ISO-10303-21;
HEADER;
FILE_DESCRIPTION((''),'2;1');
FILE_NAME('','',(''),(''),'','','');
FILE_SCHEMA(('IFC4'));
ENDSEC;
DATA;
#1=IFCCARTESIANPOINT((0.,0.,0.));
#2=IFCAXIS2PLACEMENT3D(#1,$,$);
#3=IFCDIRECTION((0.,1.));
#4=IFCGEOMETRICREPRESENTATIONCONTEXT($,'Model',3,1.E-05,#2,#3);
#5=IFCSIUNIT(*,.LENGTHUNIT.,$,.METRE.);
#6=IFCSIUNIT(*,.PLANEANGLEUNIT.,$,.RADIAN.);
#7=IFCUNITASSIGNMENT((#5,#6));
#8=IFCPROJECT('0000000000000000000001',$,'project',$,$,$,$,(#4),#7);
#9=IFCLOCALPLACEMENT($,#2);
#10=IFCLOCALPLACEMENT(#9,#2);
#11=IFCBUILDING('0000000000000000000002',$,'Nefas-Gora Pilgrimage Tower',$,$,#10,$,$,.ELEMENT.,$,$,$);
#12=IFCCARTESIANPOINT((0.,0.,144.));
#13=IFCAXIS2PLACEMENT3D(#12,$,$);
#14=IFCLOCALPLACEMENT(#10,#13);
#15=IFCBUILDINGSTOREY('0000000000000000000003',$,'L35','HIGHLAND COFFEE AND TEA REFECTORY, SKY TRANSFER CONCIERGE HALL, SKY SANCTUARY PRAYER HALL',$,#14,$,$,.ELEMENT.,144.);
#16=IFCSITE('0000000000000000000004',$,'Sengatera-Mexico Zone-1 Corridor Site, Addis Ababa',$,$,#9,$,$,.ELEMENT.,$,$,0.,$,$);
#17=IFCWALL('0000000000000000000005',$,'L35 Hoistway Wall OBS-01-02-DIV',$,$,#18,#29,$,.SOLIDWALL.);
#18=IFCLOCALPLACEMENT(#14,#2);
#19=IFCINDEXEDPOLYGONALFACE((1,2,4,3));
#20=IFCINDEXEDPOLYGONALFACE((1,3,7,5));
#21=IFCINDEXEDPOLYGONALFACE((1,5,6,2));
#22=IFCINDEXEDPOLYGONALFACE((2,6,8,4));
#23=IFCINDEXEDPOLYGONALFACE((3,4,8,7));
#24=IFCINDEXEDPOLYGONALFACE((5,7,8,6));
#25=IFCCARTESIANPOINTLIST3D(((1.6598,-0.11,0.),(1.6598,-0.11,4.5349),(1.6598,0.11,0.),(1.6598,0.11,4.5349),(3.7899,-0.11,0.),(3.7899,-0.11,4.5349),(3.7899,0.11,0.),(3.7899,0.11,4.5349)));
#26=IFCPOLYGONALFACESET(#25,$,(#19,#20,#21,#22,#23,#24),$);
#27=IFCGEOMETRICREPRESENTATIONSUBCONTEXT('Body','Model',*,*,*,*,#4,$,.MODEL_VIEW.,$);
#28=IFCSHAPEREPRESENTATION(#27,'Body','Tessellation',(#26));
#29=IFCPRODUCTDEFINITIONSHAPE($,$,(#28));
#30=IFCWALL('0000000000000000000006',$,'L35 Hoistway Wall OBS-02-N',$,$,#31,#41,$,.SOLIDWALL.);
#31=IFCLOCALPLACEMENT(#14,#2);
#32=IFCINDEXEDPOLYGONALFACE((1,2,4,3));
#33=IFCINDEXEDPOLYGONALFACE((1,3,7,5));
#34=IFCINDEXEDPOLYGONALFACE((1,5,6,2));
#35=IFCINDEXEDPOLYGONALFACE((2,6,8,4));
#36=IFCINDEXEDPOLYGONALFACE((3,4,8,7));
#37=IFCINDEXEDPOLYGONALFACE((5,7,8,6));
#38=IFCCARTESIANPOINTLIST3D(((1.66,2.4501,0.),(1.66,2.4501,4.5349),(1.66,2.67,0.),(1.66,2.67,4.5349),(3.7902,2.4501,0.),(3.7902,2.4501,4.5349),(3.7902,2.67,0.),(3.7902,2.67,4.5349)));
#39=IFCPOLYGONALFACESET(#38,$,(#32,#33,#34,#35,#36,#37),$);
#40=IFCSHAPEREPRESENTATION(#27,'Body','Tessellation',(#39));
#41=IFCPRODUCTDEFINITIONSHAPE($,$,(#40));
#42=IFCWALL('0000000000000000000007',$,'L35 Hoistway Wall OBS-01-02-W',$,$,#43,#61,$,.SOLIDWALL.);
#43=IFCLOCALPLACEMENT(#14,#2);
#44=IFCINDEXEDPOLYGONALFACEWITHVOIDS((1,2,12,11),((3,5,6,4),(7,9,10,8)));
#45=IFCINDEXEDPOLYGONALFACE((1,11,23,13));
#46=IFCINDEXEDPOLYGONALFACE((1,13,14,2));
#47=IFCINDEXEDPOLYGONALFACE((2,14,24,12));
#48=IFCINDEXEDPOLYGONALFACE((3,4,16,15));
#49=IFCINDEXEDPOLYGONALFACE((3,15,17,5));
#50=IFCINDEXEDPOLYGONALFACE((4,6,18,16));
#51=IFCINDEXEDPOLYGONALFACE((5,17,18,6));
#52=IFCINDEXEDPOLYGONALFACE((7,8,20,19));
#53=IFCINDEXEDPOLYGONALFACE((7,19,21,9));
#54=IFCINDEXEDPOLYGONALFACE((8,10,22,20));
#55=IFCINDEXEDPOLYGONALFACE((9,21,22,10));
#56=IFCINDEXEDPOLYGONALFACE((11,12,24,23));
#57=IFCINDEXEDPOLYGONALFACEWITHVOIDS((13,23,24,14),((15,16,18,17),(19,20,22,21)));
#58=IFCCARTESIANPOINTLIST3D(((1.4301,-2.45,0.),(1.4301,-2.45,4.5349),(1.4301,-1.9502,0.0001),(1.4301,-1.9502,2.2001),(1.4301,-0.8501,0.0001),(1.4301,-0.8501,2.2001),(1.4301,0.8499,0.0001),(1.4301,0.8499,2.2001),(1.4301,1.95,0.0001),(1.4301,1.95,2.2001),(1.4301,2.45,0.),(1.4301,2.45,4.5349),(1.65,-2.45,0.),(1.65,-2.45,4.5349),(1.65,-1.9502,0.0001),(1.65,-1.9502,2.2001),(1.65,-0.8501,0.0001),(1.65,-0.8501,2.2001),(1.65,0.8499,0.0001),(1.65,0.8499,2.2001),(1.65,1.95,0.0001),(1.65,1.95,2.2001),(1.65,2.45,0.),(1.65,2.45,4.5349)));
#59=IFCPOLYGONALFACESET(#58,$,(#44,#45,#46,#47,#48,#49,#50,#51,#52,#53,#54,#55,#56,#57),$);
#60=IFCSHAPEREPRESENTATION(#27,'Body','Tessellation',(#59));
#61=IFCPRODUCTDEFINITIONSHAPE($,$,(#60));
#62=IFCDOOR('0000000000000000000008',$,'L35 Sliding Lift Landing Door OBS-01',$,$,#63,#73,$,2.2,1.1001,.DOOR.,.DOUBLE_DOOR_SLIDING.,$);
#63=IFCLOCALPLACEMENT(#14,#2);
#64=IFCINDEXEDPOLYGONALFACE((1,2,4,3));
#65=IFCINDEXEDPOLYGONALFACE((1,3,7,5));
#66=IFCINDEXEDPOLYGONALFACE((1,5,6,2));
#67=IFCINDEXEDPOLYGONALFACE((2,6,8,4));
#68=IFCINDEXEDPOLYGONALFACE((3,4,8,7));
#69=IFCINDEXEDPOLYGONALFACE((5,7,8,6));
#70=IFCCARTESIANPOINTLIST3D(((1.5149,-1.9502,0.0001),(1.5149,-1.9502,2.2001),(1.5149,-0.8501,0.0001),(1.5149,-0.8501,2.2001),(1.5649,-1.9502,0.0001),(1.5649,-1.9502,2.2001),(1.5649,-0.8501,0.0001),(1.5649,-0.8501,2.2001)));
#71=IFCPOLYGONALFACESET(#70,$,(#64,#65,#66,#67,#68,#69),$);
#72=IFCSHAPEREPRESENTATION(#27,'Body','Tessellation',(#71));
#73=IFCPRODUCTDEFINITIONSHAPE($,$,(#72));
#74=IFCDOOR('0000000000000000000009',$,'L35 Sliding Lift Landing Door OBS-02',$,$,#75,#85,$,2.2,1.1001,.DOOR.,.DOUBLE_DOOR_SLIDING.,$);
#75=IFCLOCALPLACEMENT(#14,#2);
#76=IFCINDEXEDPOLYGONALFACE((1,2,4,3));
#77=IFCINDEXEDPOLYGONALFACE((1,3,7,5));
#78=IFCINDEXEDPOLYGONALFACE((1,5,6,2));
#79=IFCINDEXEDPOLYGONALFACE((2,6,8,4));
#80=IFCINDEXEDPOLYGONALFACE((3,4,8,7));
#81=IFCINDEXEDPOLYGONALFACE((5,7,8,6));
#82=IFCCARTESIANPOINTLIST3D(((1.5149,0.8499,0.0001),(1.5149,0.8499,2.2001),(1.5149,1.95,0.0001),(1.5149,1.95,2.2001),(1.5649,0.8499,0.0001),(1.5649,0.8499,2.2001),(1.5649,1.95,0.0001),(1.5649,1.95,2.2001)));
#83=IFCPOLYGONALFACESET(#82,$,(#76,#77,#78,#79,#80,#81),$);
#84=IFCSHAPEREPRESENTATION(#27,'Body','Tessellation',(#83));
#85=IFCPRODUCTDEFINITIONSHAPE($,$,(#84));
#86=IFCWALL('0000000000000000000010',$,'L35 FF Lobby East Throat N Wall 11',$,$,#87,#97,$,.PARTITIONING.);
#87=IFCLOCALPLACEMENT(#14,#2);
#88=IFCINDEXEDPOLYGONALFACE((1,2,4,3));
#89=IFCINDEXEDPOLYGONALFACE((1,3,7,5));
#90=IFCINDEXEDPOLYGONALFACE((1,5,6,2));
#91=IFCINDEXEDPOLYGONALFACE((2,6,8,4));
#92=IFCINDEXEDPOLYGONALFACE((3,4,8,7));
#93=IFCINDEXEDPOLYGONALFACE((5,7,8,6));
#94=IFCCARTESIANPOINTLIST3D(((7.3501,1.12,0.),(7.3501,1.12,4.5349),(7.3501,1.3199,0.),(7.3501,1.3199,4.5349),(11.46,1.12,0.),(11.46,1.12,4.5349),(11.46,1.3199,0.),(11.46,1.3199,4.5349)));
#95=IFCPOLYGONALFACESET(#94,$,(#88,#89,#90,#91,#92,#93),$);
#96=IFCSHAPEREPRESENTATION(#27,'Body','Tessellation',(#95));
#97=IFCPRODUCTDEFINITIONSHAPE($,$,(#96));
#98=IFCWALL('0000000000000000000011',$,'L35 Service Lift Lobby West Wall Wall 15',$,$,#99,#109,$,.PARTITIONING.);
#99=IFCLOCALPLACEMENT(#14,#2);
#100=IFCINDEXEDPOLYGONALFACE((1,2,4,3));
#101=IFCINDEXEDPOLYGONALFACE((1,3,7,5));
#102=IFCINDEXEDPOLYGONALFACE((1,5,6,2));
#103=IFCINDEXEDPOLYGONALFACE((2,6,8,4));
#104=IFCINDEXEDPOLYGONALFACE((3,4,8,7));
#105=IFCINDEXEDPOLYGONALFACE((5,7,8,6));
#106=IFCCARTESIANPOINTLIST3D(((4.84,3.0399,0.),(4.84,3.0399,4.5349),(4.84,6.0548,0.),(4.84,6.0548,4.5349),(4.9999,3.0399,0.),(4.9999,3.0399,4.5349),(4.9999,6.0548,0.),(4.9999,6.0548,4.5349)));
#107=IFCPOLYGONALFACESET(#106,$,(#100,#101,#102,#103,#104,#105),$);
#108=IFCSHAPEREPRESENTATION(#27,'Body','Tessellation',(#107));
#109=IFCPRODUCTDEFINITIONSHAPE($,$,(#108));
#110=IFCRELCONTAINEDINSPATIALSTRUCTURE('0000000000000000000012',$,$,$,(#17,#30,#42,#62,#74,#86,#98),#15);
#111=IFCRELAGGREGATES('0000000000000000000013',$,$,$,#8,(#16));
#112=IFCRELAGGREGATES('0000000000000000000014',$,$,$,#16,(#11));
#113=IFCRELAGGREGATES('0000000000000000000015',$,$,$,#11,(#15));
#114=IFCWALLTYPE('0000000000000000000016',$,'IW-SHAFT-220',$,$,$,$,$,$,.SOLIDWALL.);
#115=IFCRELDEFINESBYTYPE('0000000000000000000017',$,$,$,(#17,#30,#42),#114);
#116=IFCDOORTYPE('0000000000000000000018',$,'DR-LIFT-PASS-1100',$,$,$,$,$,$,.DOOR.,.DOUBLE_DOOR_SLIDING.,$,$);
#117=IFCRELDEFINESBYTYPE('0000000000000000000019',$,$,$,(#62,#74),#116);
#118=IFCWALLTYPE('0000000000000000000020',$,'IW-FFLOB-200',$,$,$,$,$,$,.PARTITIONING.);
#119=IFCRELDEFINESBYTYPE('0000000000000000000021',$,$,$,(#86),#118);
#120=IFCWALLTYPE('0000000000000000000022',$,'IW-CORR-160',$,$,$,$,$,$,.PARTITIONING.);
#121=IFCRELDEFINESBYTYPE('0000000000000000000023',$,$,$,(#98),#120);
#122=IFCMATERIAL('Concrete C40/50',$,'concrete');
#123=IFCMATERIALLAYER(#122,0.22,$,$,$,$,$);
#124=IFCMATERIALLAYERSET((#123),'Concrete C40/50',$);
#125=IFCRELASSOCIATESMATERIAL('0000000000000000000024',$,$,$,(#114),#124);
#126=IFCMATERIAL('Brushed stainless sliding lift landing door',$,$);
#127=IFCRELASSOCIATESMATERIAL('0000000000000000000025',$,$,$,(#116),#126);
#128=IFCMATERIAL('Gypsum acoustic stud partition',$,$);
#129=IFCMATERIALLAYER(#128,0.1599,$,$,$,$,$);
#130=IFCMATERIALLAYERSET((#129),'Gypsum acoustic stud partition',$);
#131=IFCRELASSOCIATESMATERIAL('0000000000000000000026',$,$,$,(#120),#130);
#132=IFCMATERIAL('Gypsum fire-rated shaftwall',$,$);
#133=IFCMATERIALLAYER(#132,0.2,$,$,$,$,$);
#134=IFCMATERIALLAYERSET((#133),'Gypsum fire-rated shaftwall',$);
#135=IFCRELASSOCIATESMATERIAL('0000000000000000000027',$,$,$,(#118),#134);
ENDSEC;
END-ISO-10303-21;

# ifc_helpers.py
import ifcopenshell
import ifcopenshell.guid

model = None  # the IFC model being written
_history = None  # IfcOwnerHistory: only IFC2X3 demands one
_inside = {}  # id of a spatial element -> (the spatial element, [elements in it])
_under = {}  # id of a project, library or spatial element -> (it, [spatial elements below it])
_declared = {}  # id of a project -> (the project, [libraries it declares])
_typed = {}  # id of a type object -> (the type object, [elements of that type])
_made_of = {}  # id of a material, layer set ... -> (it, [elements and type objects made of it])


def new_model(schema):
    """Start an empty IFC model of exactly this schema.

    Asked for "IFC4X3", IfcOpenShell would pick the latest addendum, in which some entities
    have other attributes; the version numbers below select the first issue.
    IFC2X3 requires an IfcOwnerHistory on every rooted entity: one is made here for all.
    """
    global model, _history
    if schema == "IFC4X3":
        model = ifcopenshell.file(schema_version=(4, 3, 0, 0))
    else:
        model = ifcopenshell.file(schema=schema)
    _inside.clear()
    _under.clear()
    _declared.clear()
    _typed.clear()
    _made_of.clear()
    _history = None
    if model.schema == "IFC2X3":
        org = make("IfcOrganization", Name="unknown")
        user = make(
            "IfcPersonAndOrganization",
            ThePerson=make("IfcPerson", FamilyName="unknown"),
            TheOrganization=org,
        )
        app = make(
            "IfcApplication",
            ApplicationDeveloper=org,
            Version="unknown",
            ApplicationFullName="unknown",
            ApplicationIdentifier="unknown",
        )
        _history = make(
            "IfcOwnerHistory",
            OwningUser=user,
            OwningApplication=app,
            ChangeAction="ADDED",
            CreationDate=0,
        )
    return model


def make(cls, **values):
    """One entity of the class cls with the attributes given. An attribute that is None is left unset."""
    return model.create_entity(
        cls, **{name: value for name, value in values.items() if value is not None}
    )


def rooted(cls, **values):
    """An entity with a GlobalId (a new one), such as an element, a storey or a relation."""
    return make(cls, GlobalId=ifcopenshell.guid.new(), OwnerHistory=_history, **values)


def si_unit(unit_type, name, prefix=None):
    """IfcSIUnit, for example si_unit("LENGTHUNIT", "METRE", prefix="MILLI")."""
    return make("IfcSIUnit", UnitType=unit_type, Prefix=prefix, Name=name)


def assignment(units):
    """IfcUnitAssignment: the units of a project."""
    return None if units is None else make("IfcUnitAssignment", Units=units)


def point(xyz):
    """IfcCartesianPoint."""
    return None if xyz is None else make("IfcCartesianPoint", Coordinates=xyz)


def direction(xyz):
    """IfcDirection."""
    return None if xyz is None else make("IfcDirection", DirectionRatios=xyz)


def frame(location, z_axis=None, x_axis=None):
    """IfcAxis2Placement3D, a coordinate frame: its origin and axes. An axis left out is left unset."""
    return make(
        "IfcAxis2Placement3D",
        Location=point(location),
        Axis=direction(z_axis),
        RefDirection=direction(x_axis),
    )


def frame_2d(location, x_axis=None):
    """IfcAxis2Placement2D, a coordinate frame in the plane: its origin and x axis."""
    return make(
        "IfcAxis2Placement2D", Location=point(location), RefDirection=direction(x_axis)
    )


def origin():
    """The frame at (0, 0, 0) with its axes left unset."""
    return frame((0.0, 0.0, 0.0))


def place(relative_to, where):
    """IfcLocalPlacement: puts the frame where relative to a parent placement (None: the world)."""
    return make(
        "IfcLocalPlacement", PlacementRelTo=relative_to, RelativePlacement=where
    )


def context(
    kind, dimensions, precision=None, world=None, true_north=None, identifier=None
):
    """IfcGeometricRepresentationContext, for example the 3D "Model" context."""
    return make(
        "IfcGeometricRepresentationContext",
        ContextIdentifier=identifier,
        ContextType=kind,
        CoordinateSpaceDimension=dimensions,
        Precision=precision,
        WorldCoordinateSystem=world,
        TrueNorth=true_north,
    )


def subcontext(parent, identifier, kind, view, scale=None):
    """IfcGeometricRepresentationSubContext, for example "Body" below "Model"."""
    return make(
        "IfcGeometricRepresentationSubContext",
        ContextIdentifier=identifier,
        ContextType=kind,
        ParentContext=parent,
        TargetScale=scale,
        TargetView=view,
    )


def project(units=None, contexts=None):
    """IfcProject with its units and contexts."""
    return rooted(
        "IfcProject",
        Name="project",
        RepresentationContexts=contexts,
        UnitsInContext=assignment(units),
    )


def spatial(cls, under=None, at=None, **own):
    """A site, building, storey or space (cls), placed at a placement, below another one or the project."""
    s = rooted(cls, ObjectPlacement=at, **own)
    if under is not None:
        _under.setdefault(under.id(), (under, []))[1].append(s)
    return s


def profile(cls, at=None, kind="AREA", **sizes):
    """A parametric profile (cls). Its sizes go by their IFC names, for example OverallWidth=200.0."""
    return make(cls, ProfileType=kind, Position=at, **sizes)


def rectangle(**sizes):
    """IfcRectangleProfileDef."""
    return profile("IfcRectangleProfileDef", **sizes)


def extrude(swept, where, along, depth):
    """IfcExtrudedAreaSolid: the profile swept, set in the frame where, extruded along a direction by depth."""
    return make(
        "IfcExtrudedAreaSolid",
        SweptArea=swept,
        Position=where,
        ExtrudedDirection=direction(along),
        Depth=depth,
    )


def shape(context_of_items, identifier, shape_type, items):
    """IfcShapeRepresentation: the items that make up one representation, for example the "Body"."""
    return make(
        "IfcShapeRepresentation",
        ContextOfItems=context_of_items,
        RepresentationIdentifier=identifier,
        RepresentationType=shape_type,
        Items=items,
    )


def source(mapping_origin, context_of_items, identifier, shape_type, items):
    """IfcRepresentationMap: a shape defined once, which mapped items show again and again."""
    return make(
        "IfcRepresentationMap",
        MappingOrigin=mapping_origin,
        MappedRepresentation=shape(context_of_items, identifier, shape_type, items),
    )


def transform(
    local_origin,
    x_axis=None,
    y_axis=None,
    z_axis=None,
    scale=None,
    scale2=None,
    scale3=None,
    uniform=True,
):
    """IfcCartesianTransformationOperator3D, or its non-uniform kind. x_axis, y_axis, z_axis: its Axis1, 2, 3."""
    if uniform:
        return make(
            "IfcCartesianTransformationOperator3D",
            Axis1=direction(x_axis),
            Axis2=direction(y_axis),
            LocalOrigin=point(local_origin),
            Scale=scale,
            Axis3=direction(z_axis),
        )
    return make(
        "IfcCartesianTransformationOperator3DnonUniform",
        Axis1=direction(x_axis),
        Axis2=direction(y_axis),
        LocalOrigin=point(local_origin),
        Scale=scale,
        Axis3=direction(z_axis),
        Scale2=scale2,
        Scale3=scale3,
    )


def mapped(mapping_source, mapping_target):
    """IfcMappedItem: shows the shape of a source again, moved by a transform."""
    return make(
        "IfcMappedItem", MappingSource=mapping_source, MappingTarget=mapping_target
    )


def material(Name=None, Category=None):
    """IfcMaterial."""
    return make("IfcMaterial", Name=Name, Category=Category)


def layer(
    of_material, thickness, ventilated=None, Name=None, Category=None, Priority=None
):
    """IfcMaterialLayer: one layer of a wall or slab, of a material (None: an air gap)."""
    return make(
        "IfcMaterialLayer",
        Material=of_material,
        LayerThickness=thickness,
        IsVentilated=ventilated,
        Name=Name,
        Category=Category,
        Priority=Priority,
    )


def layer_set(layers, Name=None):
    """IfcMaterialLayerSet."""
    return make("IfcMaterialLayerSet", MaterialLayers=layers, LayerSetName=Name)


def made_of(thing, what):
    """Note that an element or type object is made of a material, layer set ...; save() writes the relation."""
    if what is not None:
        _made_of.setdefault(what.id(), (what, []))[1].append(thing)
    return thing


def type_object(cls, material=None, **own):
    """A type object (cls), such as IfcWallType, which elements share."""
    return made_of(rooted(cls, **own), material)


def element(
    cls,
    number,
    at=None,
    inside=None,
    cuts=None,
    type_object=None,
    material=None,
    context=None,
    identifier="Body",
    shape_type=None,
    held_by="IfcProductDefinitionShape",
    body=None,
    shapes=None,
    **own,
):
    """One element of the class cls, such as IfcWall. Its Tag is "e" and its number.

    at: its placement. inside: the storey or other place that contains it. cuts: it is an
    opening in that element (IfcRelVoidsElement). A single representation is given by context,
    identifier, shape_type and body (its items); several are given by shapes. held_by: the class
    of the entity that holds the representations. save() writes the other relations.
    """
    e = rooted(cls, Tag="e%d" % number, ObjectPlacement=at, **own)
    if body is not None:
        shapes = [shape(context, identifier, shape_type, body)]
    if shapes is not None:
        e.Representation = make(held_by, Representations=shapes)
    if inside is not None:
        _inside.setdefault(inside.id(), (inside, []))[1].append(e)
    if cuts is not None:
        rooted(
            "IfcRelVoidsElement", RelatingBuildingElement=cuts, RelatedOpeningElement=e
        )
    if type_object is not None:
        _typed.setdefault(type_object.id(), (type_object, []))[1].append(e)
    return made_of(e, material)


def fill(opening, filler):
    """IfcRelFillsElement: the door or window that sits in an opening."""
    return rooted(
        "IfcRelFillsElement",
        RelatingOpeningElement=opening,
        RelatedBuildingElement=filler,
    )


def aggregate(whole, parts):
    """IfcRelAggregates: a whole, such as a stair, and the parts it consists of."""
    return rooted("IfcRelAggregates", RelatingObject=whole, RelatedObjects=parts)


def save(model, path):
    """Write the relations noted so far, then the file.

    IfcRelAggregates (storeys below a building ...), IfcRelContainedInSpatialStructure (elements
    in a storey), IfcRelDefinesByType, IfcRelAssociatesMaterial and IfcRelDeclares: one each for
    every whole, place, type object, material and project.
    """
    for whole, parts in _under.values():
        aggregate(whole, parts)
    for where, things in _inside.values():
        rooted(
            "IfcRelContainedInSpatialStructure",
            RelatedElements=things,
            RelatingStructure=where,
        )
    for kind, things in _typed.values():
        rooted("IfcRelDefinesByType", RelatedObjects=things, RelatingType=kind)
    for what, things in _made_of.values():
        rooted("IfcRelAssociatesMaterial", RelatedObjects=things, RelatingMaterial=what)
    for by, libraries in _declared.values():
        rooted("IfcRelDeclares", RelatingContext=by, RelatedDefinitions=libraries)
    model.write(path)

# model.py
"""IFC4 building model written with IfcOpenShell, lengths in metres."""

from ifc_helpers import new_model, si_unit, direction, frame, frame_2d, origin, place, context, subcontext, project, spatial, rectangle, extrude, source, transform, mapped, material, layer, layer_set, type_object, element, fill, save


model = new_model("IFC4")

# Units and contexts
model_context = context("Model", 3, precision=1e-05, world=origin(), true_north=direction((0.0, 1.0)))
body_context = subcontext(model_context, "Body", "Model", "MODEL_VIEW")
ifc_project = project(units=[si_unit("LENGTHUNIT", "METRE"), si_unit("PLANEANGLEUNIT", "RADIAN")], contexts=[model_context])

# Site, building, storey
site_placement = place(None, origin())
site = spatial("IfcSite", under=ifc_project, at=site_placement, Name="Sengatera-Mexico Zone-1 Corridor Site, Addis Ababa", CompositionType="ELEMENT", RefElevation=0.0)
building_placement = place(site_placement, origin())
building = spatial("IfcBuilding", under=site, at=building_placement, Name="Nefas-Gora Pilgrimage Tower", CompositionType="ELEMENT")
storey_placement = place(building_placement, frame((0.0, 0.0, 144.0)))
storey = spatial("IfcBuildingStorey", under=building, at=storey_placement, Name="L35", Description="HIGHLAND COFFEE AND TEA REFECTORY, SKY TRANSFER CONCIERGE HALL, SKY SANCTUARY PRAYER HALL", CompositionType="ELEMENT", Elevation=144.0)

# Shared definitions
ifc_material_1 = material(Name="Concrete C40/50", Category="concrete")
ifc_layer_1 = layer(ifc_material_1, 0.22)
ifc_layer_set_1 = layer_set([ifc_layer_1], Name="Concrete C40/50")
wall_type_1 = type_object("IfcWallType", Name="IW-SHAFT-220", PredefinedType="SOLIDWALL", material=ifc_layer_set_1)

# Shared definitions
ifc_material_2 = material(Name="Brushed stainless sliding lift landing door")
door_type_1 = type_object("IfcDoorType", Name="DR-LIFT-PASS-1100", OperationType="DOUBLE_DOOR_SLIDING", PredefinedType="DOOR", material=ifc_material_2)
shared_shape_1 = source(origin(), body_context, "Body", "SweptSolid", [
    extrude(rectangle(XDim=1.1001, YDim=2.2, at=frame_2d((0.55, 1.1001))), frame((0.0, 0.0249, 0.0), z_axis=(0.0, -1.0, 0.0), x_axis=(1.0, 0.0, 0.0)), (0.0, 0.0, 1.0), 0.05),
])

# Walls
ifc_material_3 = material(Name="Gypsum acoustic stud partition")
ifc_layer_2 = layer(ifc_material_3, 0.1599)
ifc_layer_set_2 = layer_set([ifc_layer_2], Name="Gypsum acoustic stud partition")
wall_type_2 = type_object("IfcWallType", Name="IW-CORR-160", PredefinedType="PARTITIONING", material=ifc_layer_set_2)
shared_shape_2 = source(origin(), body_context, "Body", "SweptSolid", [
    extrude(rectangle(XDim=2.1301, YDim=0.22, at=frame_2d((1.0649, 0.0))), origin(), (0.0, 0.0, 1.0), 4.5349),
])
for number, where, z_axis, x_axis, name in (
    (1, (1.6599, 0.0, 0.0), (0.0, 0.0, 1.0), (1.0, 0.0, 0.0), "L35 Hoistway Wall OBS-01-02-DIV"),
    (2, (3.79, 2.5601, 0.0), (0.0, 0.0, 1.0), (-1.0, 0.0, 0.0), "L35 Hoistway Wall OBS-02-N"),
):
    element("IfcWall", number, at=place(storey_placement, frame(where, z_axis=z_axis, x_axis=x_axis)), inside=storey, type_object=wall_type_1, Name=name, PredefinedType="SOLIDWALL", context=body_context, shape_type="MappedRepresentation", body=[
        mapped(shared_shape_2, transform((0.0, 0.0, 0.0), x_axis=(1.0, 0.0, 0.0), y_axis=(0.0, 1.0, 0.0), z_axis=(0.0, 0.0, 1.0), scale=1.0)),
    ])

# Wall, openings, doors
shared_shape_3 = source(origin(), body_context, "Body", "SweptSolid", [
    extrude(rectangle(XDim=4.8999, YDim=0.22, at=frame_2d((2.45, 0.0))), origin(), (0.0, 0.0, 1.0), 4.5349),
])
wall_1_placement = place(storey_placement, frame((1.54, 2.45, 0.0), z_axis=(0.0, 0.0, 1.0), x_axis=(0.0, -1.0, 0.0)))
wall_1 = element("IfcWall", 3, at=wall_1_placement, inside=storey, type_object=wall_type_1, Name="L35 Hoistway Wall OBS-01-02-W", PredefinedType="SOLIDWALL", context=body_context, shape_type="MappedRepresentation", body=[
    mapped(shared_shape_3, transform((0.0, 0.0, 0.0), x_axis=(1.0, 0.0, 0.0), y_axis=(0.0, 1.0, 0.0), z_axis=(0.0, 0.0, 1.0), scale=1.0)),
])
opening_1_placement = place(wall_1_placement, frame((3.3, 0.0, 0.0)))
opening_1 = element("IfcOpeningElement", 4, at=opening_1_placement, cuts=wall_1, PredefinedType="OPENING", context=body_context, shape_type="SweptSolid", body=[
    extrude(rectangle(XDim=1.1001, YDim=2.2, at=frame_2d((0.55, 1.1001))), frame((0.0, 0.1199, 0.0), z_axis=(0.0, -1.0, 0.0), x_axis=(1.0, 0.0, 0.0)), (0.0, 0.0, 1.0), 0.24),
])
opening_2_placement = place(wall_1_placement, frame((0.5, 0.0, 0.0)))
opening_2 = element("IfcOpeningElement", 5, at=opening_2_placement, cuts=wall_1, PredefinedType="OPENING", context=body_context, shape_type="SweptSolid", body=[
    extrude(rectangle(XDim=1.1001, YDim=2.2, at=frame_2d((0.55, 1.1001))), frame((0.0, 0.1199, 0.0), z_axis=(0.0, -1.0, 0.0), x_axis=(1.0, 0.0, 0.0)), (0.0, 0.0, 1.0), 0.24),
])
door_1_placement = place(opening_1_placement, origin())
door_1 = element("IfcDoor", 6, at=door_1_placement, inside=storey, type_object=door_type_1, Name="L35 Sliding Lift Landing Door OBS-01", OperationType="DOUBLE_DOOR_SLIDING", OverallHeight=2.2, OverallWidth=1.1001, PredefinedType="DOOR", context=body_context, shape_type="MappedRepresentation", body=[
    mapped(shared_shape_1, transform((0.0, 0.0, 0.0), x_axis=(1.0, 0.0, 0.0), y_axis=(0.0, 1.0, 0.0), z_axis=(0.0, 0.0, 1.0), scale=1.0)),
])
fill(opening_1, door_1)
door_2_placement = place(opening_2_placement, origin())
door_2 = element("IfcDoor", 7, at=door_2_placement, inside=storey, type_object=door_type_1, Name="L35 Sliding Lift Landing Door OBS-02", OperationType="DOUBLE_DOOR_SLIDING", OverallHeight=2.2, OverallWidth=1.1001, PredefinedType="DOOR", context=body_context, shape_type="MappedRepresentation", body=[
    mapped(shared_shape_1, transform((0.0, 0.0, 0.0), x_axis=(1.0, 0.0, 0.0), y_axis=(0.0, 1.0, 0.0), z_axis=(0.0, 0.0, 1.0), scale=1.0)),
])
fill(opening_2, door_2)

# Shared definitions
ifc_material_4 = material(Name="Gypsum fire-rated shaftwall")
ifc_layer_3 = layer(ifc_material_4, 0.2)
ifc_layer_set_3 = layer_set([ifc_layer_3], Name="Gypsum fire-rated shaftwall")
wall_type_3 = type_object("IfcWallType", Name="IW-FFLOB-200", PredefinedType="PARTITIONING", material=ifc_layer_set_3)

# Walls
shared_shape_4 = source(origin(), body_context, "Body", "SweptSolid", [
    extrude(rectangle(XDim=4.1099, YDim=0.2, at=frame_2d((2.0549, 0.0))), origin(), (0.0, 0.0, 1.0), 4.5349),
])
wall_2_placement = place(storey_placement, frame((7.3501, 1.22, 0.0), z_axis=(0.0, 0.0, 1.0), x_axis=(1.0, 0.0, 0.0)))
element("IfcWall", 8, at=wall_2_placement, inside=storey, type_object=wall_type_3, Name="L35 FF Lobby East Throat N Wall 11", PredefinedType="PARTITIONING", context=body_context, shape_type="MappedRepresentation", body=[
    mapped(shared_shape_4, transform((0.0, 0.0, 0.0), x_axis=(1.0, 0.0, 0.0), y_axis=(0.0, 1.0, 0.0), z_axis=(0.0, 0.0, 1.0), scale=1.0)),
])
shared_shape_5 = source(origin(), body_context, "Body", "SweptSolid", [
    extrude(rectangle(XDim=3.0149, YDim=0.1599, at=frame_2d((1.5073, 0.0))), origin(), (0.0, 0.0, 1.0), 4.5349),
])
wall_3_placement = place(storey_placement, frame((4.9199, 3.04, 0.0), z_axis=(0.0, 0.0, 1.0), x_axis=(0.0, 1.0, 0.0)))
element("IfcWall", 9, at=wall_3_placement, inside=storey, type_object=wall_type_2, Name="L35 Service Lift Lobby West Wall Wall 15", PredefinedType="PARTITIONING", context=body_context, shape_type="MappedRepresentation", body=[
    mapped(shared_shape_5, transform((0.0, 0.0, 0.0), x_axis=(1.0, 0.0, 0.0), y_axis=(0.0, 1.0, 0.0), z_axis=(0.0, 0.0, 1.0), scale=1.0)),
])

save(model, "model.ifc")
